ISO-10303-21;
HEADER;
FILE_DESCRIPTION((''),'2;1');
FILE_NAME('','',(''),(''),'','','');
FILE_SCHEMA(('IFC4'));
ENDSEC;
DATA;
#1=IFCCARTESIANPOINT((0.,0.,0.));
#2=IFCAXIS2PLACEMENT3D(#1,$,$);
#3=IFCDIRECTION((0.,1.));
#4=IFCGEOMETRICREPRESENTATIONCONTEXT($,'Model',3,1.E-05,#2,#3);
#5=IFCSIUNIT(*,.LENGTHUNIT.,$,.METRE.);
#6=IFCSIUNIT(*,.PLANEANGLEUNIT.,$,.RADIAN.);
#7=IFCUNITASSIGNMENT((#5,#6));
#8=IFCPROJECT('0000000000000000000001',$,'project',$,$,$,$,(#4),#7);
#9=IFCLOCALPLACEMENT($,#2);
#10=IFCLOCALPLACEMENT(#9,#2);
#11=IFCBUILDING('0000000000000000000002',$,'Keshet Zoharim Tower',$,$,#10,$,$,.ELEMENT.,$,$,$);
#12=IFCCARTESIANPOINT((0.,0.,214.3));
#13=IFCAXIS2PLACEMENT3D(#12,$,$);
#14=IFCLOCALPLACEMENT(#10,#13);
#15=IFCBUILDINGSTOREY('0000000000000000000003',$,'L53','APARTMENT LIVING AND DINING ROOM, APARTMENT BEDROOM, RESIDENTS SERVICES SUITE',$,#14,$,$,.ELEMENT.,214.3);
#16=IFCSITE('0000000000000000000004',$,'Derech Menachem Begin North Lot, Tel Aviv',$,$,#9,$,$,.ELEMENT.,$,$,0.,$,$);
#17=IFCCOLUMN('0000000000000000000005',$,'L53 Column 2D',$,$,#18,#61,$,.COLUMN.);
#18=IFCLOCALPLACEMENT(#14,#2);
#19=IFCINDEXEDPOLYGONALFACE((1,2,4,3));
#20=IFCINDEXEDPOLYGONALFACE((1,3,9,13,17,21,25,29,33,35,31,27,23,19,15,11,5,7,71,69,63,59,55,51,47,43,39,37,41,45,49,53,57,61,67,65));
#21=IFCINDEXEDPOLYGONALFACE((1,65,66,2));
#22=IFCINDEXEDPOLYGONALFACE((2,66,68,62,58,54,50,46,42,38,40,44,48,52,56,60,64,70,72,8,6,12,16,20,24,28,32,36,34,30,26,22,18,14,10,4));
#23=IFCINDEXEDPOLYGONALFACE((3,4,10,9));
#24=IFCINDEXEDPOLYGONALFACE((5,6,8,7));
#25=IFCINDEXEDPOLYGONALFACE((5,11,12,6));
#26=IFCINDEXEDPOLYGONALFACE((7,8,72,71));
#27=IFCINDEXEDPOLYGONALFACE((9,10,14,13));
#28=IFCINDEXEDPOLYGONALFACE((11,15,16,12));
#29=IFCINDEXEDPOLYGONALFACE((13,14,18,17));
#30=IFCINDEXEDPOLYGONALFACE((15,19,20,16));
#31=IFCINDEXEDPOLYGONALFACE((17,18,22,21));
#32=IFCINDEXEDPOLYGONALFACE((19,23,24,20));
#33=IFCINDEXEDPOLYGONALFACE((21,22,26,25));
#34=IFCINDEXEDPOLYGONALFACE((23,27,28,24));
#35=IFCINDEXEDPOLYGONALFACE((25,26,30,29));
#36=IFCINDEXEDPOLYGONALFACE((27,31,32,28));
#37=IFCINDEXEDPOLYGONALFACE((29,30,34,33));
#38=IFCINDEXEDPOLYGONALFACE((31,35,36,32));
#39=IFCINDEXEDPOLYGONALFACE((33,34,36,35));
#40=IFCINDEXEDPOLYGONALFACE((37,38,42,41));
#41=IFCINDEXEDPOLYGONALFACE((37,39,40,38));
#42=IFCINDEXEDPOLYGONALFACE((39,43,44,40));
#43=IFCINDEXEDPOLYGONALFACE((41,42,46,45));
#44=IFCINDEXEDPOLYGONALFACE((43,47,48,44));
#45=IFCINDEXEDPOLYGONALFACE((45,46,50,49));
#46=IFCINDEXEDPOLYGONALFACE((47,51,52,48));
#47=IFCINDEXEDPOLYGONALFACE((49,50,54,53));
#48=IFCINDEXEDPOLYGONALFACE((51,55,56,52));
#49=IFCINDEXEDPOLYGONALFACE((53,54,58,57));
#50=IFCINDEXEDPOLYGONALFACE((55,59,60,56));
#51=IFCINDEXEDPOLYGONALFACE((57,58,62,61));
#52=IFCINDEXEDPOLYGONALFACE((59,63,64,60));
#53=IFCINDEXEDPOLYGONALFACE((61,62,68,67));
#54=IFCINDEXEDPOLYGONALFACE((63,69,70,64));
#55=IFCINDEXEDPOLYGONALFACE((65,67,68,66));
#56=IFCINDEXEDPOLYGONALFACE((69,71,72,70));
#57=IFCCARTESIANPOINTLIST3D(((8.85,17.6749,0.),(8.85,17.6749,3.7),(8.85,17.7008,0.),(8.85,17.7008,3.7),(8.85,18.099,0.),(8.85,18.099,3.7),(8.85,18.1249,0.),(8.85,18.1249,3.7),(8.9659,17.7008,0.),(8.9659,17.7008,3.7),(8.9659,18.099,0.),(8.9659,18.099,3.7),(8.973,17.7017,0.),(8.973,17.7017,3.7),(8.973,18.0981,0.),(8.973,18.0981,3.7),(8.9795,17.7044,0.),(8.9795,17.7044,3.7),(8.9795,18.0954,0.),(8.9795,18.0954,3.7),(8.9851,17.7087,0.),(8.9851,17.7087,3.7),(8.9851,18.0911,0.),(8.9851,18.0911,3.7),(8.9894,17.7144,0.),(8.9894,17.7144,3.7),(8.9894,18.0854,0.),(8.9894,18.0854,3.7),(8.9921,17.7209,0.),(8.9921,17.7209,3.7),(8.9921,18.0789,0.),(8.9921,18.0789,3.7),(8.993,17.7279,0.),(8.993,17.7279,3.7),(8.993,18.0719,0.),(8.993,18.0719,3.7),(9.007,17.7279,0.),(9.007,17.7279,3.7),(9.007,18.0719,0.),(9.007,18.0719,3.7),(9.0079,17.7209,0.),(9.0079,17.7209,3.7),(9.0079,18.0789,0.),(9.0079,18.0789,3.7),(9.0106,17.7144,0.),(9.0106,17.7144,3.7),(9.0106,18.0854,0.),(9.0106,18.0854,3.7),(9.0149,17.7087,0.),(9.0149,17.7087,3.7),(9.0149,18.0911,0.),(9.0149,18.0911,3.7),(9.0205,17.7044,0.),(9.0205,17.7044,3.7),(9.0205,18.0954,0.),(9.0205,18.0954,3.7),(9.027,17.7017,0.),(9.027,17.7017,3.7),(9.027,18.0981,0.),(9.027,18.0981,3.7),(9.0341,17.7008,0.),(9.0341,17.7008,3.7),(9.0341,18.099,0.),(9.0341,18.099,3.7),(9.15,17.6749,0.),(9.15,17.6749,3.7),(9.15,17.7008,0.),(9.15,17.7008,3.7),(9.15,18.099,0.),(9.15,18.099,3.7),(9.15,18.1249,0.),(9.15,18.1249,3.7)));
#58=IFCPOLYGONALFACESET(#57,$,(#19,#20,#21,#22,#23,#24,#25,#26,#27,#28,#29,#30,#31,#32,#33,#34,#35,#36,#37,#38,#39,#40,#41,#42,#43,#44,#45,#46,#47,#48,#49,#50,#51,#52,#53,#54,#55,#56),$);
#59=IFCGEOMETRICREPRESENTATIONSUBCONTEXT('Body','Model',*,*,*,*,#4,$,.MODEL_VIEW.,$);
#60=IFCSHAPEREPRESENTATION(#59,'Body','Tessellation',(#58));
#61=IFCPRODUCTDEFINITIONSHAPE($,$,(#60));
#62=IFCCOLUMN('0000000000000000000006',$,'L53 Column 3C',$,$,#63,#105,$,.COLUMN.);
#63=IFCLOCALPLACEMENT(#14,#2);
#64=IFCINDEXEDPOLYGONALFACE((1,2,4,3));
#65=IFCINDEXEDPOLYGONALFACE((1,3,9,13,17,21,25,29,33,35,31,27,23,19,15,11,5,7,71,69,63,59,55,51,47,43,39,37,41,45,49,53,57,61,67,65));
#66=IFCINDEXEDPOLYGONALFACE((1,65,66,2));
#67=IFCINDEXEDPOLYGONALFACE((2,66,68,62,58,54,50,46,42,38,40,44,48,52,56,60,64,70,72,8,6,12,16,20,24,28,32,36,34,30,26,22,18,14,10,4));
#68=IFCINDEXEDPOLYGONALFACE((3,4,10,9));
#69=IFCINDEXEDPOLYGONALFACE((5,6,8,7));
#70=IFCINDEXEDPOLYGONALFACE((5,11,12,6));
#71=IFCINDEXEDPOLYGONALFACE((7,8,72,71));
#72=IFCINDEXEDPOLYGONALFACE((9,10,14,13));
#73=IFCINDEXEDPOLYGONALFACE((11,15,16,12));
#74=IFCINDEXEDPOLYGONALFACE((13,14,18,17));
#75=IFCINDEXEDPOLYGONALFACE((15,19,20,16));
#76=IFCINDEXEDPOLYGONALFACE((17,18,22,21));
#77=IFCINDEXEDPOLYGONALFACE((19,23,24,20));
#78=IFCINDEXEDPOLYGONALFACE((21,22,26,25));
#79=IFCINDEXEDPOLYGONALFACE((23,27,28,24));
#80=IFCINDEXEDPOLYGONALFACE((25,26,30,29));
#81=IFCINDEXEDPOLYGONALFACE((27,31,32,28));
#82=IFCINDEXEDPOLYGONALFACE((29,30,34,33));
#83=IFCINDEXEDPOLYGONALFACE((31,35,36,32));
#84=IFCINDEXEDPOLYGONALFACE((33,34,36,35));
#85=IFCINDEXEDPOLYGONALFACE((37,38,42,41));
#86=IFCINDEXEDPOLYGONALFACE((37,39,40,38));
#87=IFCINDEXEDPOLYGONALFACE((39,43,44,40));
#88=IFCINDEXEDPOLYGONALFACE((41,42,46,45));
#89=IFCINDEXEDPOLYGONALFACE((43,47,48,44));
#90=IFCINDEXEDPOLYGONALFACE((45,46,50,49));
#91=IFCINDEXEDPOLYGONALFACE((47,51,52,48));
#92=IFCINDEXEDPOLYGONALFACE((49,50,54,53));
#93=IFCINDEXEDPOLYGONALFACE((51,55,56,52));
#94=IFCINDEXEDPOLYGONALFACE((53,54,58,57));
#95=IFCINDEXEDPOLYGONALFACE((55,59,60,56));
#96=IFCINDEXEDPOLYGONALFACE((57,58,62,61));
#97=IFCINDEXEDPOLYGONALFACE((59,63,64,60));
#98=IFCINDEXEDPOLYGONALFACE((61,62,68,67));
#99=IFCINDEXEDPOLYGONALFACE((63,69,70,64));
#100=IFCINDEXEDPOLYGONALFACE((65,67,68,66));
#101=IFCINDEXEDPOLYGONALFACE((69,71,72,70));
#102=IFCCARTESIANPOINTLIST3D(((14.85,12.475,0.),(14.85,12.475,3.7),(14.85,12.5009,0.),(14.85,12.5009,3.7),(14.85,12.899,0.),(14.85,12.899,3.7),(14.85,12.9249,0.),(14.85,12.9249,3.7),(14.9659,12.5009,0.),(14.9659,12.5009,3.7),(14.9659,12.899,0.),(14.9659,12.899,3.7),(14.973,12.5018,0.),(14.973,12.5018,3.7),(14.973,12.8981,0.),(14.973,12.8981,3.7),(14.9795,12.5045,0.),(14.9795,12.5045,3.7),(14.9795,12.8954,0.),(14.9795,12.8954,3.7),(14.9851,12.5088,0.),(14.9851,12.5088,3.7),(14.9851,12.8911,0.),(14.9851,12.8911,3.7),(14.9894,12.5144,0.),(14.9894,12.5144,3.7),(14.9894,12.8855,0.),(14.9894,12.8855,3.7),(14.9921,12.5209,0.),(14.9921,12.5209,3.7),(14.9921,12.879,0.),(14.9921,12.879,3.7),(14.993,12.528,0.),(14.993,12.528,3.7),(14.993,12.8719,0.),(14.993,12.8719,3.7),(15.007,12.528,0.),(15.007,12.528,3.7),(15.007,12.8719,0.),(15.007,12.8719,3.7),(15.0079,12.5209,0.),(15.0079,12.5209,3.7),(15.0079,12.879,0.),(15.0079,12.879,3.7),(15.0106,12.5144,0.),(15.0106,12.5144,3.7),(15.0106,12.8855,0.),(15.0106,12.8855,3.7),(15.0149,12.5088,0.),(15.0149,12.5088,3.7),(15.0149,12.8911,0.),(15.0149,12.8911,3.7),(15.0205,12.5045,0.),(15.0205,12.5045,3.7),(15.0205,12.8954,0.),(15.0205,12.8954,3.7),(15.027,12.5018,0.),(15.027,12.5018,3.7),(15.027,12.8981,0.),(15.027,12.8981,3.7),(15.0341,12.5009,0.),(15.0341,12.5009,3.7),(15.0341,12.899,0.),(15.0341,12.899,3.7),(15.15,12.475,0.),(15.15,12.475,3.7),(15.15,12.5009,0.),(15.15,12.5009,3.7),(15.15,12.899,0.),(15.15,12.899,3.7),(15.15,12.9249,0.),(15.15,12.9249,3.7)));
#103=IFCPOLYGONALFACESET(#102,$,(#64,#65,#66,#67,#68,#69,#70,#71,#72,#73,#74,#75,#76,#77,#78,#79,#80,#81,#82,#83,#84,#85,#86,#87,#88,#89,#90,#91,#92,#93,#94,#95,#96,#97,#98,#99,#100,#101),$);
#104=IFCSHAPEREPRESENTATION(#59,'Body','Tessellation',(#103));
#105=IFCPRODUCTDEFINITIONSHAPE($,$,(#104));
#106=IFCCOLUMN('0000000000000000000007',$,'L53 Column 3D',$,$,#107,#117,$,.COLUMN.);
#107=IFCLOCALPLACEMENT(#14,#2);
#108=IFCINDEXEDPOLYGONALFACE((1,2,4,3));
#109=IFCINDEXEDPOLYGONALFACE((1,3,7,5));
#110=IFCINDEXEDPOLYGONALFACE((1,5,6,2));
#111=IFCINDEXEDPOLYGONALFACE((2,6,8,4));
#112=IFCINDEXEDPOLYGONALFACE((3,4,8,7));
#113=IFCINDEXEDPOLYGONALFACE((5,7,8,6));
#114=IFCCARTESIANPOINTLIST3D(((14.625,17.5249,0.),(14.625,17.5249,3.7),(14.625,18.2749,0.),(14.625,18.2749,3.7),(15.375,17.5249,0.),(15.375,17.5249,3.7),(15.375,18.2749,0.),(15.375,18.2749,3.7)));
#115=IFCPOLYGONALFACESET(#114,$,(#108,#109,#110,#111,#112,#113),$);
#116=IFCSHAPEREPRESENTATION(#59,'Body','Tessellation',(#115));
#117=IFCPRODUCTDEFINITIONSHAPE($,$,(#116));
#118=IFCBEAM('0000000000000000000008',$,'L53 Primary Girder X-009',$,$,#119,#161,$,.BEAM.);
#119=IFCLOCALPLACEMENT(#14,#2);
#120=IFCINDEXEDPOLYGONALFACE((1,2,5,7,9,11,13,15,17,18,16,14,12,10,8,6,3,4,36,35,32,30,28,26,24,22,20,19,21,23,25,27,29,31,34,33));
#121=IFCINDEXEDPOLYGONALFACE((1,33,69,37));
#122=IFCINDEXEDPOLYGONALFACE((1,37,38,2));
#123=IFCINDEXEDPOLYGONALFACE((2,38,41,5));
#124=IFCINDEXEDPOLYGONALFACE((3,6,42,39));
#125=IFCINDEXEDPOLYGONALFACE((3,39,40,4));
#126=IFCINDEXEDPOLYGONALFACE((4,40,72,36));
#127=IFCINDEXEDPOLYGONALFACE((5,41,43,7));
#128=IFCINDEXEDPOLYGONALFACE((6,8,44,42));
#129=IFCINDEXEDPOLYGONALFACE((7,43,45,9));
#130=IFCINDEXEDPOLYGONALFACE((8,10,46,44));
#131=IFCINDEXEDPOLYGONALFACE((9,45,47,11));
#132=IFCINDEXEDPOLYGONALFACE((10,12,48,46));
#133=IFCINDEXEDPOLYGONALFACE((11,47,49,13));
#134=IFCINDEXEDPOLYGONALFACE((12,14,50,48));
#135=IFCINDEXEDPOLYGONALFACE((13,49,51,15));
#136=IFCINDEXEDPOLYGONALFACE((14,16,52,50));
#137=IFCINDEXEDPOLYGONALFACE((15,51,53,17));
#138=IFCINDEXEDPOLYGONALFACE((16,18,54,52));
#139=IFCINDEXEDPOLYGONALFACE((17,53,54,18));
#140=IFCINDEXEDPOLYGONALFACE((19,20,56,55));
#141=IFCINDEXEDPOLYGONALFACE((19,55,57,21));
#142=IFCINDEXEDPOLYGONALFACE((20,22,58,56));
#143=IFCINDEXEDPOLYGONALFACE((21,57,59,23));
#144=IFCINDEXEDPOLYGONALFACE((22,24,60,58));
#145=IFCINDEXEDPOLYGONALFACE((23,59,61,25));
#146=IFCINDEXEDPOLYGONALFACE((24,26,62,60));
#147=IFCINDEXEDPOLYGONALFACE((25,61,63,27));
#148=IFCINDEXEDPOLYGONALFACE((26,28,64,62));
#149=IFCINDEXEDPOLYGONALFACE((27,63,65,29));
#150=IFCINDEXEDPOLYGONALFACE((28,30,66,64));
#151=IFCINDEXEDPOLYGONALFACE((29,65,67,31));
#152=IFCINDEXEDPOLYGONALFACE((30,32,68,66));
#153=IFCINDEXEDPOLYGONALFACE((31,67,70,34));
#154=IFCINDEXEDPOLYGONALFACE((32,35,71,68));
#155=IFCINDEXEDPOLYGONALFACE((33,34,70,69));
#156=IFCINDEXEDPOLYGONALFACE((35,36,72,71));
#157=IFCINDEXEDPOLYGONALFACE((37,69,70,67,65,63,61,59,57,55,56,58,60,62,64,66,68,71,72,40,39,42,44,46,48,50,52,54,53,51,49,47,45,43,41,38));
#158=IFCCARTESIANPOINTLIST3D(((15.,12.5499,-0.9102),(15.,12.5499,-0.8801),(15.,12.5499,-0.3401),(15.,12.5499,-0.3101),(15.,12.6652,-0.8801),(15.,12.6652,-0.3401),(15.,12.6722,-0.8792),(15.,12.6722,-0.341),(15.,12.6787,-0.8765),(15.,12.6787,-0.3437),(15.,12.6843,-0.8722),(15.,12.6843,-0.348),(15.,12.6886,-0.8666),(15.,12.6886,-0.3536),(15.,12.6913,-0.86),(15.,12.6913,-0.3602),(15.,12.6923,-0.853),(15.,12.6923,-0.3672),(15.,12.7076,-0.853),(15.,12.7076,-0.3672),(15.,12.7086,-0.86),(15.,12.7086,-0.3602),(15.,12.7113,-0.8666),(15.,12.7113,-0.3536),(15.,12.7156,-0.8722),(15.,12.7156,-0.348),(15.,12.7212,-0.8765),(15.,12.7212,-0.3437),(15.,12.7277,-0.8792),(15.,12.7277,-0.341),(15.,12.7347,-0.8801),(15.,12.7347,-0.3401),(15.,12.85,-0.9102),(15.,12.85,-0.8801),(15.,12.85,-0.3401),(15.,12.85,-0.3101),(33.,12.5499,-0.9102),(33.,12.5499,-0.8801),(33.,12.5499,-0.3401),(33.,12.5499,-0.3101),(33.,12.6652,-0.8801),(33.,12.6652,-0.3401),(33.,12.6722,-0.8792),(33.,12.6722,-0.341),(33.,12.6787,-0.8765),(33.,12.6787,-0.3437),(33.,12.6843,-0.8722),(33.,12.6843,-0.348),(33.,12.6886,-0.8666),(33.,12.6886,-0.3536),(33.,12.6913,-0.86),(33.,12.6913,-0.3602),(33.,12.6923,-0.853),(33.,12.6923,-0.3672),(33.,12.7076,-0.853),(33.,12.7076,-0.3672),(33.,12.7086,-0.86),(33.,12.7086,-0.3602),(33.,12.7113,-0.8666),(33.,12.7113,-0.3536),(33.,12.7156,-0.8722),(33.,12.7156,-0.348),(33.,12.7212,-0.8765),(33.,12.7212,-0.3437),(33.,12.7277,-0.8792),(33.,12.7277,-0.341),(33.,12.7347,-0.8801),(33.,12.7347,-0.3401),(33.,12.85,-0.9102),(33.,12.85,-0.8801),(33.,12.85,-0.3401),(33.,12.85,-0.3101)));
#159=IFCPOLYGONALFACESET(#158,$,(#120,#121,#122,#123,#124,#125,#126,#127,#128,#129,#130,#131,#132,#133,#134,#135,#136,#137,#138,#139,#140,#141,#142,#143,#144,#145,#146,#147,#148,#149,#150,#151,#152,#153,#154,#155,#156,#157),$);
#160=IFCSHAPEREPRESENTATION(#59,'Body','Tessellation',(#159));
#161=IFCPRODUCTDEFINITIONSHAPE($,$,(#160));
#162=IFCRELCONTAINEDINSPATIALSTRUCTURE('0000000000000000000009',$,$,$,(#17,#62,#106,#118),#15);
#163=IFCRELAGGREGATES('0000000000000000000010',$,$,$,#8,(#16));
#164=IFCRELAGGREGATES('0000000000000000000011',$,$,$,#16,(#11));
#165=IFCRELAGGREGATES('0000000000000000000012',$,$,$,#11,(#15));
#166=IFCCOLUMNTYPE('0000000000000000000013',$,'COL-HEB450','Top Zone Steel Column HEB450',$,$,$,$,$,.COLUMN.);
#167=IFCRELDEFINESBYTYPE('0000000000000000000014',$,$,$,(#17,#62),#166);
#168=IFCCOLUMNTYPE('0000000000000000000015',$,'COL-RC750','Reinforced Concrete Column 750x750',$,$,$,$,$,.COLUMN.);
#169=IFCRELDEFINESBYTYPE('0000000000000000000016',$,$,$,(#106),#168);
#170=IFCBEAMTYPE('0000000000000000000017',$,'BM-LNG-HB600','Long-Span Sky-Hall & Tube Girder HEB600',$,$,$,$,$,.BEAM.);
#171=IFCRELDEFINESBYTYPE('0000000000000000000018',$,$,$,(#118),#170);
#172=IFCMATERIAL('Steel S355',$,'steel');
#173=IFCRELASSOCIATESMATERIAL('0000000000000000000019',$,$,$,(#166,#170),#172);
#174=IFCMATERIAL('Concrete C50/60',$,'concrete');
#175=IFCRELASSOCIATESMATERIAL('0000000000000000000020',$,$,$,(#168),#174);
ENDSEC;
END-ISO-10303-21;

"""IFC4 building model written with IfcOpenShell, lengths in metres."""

from ifc_helpers import new_model, si_unit, direction, frame, origin, origin_2d, place, context, subcontext, project, spatial, rectangle, i_section, extrude, material, material_profile, profile_set, type_object, element, save


model = new_model("IFC4")

# Units and contexts
model_context = context("Model", 3, precision=1e-05, world=origin(), true_north=direction((0.0, 1.0)))
body_context = subcontext(model_context, "Body", "Model", "MODEL_VIEW")
ifc_project = project(units=[si_unit("LENGTHUNIT", "METRE"), si_unit("PLANEANGLEUNIT", "RADIAN")], contexts=[model_context])

# Site, building, storey
site_placement = place(None, origin())
site = spatial("IfcSite", under=ifc_project, at=site_placement, Name="Derech Menachem Begin North Lot, Tel Aviv", CompositionType="ELEMENT", RefElevation=0.0)
building_placement = place(site_placement, origin())
building = spatial("IfcBuilding", under=site, at=building_placement, Name="Keshet Zoharim Tower", CompositionType="ELEMENT")
storey_placement = place(building_placement, frame((0.0, 0.0, 214.3)))
storey = spatial("IfcBuildingStorey", under=building, at=storey_placement, Name="L53", Description="APARTMENT LIVING AND DINING ROOM, APARTMENT BEDROOM, RESIDENTS SERVICES SUITE", CompositionType="ELEMENT", Elevation=214.3)

# Columns
ifc_material_1 = material(Name="Steel S355", Category="steel")
ifc_material_profile_1 = material_profile(ifc_material_1, i_section(OverallWidth=0.3, OverallDepth=0.45, WebThickness=0.0139, FlangeThickness=0.0259, FilletRadius=0.0271, at=origin_2d()), Name="HEB450")
ifc_profile_set_1 = profile_set([ifc_material_profile_1], Name="Steel S355")
column_type_1 = type_object("IfcColumnType", Name="COL-HEB450", Description="Top Zone Steel Column HEB450", PredefinedType="COLUMN", material=ifc_profile_set_1)
for number, where, z_axis, x_axis, name in (
    (1, (9.0, 17.8999, 0.0), (0.0, 0.0, 1.0), (1.0, 0.0, 0.0), "L53 Column 2D"),
    (2, (15.0, 12.7, 0.0), (0.0, 0.0, 1.0), (1.0, 0.0, 0.0), "L53 Column 3C"),
):
    element("IfcColumn", number, at=place(storey_placement, frame(where, z_axis=z_axis, x_axis=x_axis)), inside=storey, type_object=column_type_1, Name=name, PredefinedType="COLUMN", context=body_context, shape_type="SweptSolid", body=[
        extrude(i_section(OverallWidth=0.3, OverallDepth=0.45, WebThickness=0.0139, FlangeThickness=0.0259, FilletRadius=0.0271, at=origin_2d()), origin(), (0.0, 0.0, 1.0), 3.7),
    ])
ifc_material_2 = material(Name="Concrete C50/60", Category="concrete")
ifc_material_profile_2 = material_profile(ifc_material_2, rectangle(XDim=0.75, YDim=0.75, at=origin_2d()), Name="RC750x750")
ifc_profile_set_2 = profile_set([ifc_material_profile_2], Name="Concrete C50/60")
column_type_2 = type_object("IfcColumnType", Name="COL-RC750", Description="Reinforced Concrete Column 750x750", PredefinedType="COLUMN", material=ifc_profile_set_2)
column_placement = place(storey_placement, frame((15.0, 17.8999, 0.0), z_axis=(0.0, 0.0, 1.0), x_axis=(1.0, 0.0, 0.0)))
element("IfcColumn", 3, at=column_placement, inside=storey, type_object=column_type_2, Name="L53 Column 3D", PredefinedType="COLUMN", context=body_context, shape_type="SweptSolid", body=[
    extrude(rectangle(XDim=0.75, YDim=0.75, at=origin_2d()), origin(), (0.0, 0.0, 1.0), 3.7),
])

# Beam
ifc_material_profile_3 = material_profile(ifc_material_1, i_section(OverallWidth=0.3, OverallDepth=0.6001, WebThickness=0.0154, FlangeThickness=0.03, FilletRadius=0.0271, at=origin_2d()), Name="HEB600")
ifc_profile_set_3 = profile_set([ifc_material_profile_3], Name="Steel S355")
beam_type_1 = type_object("IfcBeamType", Name="BM-LNG-HB600", Description="Long-Span Sky-Hall & Tube Girder HEB600", PredefinedType="BEAM", material=ifc_profile_set_3)
for number, where, z_axis, x_axis, name in (
    (4, (15.0, 12.7, -0.6101), (1.0, 0.0, 0.0), (0.0, 1.0, 0.0), "L53 Primary Girder X-009"),
):
    element("IfcBeam", number, at=place(storey_placement, frame(where, z_axis=z_axis, x_axis=x_axis)), inside=storey, type_object=beam_type_1, Name=name, PredefinedType="BEAM", context=body_context, shape_type="SweptSolid", body=[
        extrude(i_section(OverallWidth=0.3, OverallDepth=0.6001, WebThickness=0.0154, FlangeThickness=0.03, FilletRadius=0.0271, at=origin_2d()), origin(), (0.0, 0.0, 1.0), 18.0),
    ])

save(model, "model.ifc")
